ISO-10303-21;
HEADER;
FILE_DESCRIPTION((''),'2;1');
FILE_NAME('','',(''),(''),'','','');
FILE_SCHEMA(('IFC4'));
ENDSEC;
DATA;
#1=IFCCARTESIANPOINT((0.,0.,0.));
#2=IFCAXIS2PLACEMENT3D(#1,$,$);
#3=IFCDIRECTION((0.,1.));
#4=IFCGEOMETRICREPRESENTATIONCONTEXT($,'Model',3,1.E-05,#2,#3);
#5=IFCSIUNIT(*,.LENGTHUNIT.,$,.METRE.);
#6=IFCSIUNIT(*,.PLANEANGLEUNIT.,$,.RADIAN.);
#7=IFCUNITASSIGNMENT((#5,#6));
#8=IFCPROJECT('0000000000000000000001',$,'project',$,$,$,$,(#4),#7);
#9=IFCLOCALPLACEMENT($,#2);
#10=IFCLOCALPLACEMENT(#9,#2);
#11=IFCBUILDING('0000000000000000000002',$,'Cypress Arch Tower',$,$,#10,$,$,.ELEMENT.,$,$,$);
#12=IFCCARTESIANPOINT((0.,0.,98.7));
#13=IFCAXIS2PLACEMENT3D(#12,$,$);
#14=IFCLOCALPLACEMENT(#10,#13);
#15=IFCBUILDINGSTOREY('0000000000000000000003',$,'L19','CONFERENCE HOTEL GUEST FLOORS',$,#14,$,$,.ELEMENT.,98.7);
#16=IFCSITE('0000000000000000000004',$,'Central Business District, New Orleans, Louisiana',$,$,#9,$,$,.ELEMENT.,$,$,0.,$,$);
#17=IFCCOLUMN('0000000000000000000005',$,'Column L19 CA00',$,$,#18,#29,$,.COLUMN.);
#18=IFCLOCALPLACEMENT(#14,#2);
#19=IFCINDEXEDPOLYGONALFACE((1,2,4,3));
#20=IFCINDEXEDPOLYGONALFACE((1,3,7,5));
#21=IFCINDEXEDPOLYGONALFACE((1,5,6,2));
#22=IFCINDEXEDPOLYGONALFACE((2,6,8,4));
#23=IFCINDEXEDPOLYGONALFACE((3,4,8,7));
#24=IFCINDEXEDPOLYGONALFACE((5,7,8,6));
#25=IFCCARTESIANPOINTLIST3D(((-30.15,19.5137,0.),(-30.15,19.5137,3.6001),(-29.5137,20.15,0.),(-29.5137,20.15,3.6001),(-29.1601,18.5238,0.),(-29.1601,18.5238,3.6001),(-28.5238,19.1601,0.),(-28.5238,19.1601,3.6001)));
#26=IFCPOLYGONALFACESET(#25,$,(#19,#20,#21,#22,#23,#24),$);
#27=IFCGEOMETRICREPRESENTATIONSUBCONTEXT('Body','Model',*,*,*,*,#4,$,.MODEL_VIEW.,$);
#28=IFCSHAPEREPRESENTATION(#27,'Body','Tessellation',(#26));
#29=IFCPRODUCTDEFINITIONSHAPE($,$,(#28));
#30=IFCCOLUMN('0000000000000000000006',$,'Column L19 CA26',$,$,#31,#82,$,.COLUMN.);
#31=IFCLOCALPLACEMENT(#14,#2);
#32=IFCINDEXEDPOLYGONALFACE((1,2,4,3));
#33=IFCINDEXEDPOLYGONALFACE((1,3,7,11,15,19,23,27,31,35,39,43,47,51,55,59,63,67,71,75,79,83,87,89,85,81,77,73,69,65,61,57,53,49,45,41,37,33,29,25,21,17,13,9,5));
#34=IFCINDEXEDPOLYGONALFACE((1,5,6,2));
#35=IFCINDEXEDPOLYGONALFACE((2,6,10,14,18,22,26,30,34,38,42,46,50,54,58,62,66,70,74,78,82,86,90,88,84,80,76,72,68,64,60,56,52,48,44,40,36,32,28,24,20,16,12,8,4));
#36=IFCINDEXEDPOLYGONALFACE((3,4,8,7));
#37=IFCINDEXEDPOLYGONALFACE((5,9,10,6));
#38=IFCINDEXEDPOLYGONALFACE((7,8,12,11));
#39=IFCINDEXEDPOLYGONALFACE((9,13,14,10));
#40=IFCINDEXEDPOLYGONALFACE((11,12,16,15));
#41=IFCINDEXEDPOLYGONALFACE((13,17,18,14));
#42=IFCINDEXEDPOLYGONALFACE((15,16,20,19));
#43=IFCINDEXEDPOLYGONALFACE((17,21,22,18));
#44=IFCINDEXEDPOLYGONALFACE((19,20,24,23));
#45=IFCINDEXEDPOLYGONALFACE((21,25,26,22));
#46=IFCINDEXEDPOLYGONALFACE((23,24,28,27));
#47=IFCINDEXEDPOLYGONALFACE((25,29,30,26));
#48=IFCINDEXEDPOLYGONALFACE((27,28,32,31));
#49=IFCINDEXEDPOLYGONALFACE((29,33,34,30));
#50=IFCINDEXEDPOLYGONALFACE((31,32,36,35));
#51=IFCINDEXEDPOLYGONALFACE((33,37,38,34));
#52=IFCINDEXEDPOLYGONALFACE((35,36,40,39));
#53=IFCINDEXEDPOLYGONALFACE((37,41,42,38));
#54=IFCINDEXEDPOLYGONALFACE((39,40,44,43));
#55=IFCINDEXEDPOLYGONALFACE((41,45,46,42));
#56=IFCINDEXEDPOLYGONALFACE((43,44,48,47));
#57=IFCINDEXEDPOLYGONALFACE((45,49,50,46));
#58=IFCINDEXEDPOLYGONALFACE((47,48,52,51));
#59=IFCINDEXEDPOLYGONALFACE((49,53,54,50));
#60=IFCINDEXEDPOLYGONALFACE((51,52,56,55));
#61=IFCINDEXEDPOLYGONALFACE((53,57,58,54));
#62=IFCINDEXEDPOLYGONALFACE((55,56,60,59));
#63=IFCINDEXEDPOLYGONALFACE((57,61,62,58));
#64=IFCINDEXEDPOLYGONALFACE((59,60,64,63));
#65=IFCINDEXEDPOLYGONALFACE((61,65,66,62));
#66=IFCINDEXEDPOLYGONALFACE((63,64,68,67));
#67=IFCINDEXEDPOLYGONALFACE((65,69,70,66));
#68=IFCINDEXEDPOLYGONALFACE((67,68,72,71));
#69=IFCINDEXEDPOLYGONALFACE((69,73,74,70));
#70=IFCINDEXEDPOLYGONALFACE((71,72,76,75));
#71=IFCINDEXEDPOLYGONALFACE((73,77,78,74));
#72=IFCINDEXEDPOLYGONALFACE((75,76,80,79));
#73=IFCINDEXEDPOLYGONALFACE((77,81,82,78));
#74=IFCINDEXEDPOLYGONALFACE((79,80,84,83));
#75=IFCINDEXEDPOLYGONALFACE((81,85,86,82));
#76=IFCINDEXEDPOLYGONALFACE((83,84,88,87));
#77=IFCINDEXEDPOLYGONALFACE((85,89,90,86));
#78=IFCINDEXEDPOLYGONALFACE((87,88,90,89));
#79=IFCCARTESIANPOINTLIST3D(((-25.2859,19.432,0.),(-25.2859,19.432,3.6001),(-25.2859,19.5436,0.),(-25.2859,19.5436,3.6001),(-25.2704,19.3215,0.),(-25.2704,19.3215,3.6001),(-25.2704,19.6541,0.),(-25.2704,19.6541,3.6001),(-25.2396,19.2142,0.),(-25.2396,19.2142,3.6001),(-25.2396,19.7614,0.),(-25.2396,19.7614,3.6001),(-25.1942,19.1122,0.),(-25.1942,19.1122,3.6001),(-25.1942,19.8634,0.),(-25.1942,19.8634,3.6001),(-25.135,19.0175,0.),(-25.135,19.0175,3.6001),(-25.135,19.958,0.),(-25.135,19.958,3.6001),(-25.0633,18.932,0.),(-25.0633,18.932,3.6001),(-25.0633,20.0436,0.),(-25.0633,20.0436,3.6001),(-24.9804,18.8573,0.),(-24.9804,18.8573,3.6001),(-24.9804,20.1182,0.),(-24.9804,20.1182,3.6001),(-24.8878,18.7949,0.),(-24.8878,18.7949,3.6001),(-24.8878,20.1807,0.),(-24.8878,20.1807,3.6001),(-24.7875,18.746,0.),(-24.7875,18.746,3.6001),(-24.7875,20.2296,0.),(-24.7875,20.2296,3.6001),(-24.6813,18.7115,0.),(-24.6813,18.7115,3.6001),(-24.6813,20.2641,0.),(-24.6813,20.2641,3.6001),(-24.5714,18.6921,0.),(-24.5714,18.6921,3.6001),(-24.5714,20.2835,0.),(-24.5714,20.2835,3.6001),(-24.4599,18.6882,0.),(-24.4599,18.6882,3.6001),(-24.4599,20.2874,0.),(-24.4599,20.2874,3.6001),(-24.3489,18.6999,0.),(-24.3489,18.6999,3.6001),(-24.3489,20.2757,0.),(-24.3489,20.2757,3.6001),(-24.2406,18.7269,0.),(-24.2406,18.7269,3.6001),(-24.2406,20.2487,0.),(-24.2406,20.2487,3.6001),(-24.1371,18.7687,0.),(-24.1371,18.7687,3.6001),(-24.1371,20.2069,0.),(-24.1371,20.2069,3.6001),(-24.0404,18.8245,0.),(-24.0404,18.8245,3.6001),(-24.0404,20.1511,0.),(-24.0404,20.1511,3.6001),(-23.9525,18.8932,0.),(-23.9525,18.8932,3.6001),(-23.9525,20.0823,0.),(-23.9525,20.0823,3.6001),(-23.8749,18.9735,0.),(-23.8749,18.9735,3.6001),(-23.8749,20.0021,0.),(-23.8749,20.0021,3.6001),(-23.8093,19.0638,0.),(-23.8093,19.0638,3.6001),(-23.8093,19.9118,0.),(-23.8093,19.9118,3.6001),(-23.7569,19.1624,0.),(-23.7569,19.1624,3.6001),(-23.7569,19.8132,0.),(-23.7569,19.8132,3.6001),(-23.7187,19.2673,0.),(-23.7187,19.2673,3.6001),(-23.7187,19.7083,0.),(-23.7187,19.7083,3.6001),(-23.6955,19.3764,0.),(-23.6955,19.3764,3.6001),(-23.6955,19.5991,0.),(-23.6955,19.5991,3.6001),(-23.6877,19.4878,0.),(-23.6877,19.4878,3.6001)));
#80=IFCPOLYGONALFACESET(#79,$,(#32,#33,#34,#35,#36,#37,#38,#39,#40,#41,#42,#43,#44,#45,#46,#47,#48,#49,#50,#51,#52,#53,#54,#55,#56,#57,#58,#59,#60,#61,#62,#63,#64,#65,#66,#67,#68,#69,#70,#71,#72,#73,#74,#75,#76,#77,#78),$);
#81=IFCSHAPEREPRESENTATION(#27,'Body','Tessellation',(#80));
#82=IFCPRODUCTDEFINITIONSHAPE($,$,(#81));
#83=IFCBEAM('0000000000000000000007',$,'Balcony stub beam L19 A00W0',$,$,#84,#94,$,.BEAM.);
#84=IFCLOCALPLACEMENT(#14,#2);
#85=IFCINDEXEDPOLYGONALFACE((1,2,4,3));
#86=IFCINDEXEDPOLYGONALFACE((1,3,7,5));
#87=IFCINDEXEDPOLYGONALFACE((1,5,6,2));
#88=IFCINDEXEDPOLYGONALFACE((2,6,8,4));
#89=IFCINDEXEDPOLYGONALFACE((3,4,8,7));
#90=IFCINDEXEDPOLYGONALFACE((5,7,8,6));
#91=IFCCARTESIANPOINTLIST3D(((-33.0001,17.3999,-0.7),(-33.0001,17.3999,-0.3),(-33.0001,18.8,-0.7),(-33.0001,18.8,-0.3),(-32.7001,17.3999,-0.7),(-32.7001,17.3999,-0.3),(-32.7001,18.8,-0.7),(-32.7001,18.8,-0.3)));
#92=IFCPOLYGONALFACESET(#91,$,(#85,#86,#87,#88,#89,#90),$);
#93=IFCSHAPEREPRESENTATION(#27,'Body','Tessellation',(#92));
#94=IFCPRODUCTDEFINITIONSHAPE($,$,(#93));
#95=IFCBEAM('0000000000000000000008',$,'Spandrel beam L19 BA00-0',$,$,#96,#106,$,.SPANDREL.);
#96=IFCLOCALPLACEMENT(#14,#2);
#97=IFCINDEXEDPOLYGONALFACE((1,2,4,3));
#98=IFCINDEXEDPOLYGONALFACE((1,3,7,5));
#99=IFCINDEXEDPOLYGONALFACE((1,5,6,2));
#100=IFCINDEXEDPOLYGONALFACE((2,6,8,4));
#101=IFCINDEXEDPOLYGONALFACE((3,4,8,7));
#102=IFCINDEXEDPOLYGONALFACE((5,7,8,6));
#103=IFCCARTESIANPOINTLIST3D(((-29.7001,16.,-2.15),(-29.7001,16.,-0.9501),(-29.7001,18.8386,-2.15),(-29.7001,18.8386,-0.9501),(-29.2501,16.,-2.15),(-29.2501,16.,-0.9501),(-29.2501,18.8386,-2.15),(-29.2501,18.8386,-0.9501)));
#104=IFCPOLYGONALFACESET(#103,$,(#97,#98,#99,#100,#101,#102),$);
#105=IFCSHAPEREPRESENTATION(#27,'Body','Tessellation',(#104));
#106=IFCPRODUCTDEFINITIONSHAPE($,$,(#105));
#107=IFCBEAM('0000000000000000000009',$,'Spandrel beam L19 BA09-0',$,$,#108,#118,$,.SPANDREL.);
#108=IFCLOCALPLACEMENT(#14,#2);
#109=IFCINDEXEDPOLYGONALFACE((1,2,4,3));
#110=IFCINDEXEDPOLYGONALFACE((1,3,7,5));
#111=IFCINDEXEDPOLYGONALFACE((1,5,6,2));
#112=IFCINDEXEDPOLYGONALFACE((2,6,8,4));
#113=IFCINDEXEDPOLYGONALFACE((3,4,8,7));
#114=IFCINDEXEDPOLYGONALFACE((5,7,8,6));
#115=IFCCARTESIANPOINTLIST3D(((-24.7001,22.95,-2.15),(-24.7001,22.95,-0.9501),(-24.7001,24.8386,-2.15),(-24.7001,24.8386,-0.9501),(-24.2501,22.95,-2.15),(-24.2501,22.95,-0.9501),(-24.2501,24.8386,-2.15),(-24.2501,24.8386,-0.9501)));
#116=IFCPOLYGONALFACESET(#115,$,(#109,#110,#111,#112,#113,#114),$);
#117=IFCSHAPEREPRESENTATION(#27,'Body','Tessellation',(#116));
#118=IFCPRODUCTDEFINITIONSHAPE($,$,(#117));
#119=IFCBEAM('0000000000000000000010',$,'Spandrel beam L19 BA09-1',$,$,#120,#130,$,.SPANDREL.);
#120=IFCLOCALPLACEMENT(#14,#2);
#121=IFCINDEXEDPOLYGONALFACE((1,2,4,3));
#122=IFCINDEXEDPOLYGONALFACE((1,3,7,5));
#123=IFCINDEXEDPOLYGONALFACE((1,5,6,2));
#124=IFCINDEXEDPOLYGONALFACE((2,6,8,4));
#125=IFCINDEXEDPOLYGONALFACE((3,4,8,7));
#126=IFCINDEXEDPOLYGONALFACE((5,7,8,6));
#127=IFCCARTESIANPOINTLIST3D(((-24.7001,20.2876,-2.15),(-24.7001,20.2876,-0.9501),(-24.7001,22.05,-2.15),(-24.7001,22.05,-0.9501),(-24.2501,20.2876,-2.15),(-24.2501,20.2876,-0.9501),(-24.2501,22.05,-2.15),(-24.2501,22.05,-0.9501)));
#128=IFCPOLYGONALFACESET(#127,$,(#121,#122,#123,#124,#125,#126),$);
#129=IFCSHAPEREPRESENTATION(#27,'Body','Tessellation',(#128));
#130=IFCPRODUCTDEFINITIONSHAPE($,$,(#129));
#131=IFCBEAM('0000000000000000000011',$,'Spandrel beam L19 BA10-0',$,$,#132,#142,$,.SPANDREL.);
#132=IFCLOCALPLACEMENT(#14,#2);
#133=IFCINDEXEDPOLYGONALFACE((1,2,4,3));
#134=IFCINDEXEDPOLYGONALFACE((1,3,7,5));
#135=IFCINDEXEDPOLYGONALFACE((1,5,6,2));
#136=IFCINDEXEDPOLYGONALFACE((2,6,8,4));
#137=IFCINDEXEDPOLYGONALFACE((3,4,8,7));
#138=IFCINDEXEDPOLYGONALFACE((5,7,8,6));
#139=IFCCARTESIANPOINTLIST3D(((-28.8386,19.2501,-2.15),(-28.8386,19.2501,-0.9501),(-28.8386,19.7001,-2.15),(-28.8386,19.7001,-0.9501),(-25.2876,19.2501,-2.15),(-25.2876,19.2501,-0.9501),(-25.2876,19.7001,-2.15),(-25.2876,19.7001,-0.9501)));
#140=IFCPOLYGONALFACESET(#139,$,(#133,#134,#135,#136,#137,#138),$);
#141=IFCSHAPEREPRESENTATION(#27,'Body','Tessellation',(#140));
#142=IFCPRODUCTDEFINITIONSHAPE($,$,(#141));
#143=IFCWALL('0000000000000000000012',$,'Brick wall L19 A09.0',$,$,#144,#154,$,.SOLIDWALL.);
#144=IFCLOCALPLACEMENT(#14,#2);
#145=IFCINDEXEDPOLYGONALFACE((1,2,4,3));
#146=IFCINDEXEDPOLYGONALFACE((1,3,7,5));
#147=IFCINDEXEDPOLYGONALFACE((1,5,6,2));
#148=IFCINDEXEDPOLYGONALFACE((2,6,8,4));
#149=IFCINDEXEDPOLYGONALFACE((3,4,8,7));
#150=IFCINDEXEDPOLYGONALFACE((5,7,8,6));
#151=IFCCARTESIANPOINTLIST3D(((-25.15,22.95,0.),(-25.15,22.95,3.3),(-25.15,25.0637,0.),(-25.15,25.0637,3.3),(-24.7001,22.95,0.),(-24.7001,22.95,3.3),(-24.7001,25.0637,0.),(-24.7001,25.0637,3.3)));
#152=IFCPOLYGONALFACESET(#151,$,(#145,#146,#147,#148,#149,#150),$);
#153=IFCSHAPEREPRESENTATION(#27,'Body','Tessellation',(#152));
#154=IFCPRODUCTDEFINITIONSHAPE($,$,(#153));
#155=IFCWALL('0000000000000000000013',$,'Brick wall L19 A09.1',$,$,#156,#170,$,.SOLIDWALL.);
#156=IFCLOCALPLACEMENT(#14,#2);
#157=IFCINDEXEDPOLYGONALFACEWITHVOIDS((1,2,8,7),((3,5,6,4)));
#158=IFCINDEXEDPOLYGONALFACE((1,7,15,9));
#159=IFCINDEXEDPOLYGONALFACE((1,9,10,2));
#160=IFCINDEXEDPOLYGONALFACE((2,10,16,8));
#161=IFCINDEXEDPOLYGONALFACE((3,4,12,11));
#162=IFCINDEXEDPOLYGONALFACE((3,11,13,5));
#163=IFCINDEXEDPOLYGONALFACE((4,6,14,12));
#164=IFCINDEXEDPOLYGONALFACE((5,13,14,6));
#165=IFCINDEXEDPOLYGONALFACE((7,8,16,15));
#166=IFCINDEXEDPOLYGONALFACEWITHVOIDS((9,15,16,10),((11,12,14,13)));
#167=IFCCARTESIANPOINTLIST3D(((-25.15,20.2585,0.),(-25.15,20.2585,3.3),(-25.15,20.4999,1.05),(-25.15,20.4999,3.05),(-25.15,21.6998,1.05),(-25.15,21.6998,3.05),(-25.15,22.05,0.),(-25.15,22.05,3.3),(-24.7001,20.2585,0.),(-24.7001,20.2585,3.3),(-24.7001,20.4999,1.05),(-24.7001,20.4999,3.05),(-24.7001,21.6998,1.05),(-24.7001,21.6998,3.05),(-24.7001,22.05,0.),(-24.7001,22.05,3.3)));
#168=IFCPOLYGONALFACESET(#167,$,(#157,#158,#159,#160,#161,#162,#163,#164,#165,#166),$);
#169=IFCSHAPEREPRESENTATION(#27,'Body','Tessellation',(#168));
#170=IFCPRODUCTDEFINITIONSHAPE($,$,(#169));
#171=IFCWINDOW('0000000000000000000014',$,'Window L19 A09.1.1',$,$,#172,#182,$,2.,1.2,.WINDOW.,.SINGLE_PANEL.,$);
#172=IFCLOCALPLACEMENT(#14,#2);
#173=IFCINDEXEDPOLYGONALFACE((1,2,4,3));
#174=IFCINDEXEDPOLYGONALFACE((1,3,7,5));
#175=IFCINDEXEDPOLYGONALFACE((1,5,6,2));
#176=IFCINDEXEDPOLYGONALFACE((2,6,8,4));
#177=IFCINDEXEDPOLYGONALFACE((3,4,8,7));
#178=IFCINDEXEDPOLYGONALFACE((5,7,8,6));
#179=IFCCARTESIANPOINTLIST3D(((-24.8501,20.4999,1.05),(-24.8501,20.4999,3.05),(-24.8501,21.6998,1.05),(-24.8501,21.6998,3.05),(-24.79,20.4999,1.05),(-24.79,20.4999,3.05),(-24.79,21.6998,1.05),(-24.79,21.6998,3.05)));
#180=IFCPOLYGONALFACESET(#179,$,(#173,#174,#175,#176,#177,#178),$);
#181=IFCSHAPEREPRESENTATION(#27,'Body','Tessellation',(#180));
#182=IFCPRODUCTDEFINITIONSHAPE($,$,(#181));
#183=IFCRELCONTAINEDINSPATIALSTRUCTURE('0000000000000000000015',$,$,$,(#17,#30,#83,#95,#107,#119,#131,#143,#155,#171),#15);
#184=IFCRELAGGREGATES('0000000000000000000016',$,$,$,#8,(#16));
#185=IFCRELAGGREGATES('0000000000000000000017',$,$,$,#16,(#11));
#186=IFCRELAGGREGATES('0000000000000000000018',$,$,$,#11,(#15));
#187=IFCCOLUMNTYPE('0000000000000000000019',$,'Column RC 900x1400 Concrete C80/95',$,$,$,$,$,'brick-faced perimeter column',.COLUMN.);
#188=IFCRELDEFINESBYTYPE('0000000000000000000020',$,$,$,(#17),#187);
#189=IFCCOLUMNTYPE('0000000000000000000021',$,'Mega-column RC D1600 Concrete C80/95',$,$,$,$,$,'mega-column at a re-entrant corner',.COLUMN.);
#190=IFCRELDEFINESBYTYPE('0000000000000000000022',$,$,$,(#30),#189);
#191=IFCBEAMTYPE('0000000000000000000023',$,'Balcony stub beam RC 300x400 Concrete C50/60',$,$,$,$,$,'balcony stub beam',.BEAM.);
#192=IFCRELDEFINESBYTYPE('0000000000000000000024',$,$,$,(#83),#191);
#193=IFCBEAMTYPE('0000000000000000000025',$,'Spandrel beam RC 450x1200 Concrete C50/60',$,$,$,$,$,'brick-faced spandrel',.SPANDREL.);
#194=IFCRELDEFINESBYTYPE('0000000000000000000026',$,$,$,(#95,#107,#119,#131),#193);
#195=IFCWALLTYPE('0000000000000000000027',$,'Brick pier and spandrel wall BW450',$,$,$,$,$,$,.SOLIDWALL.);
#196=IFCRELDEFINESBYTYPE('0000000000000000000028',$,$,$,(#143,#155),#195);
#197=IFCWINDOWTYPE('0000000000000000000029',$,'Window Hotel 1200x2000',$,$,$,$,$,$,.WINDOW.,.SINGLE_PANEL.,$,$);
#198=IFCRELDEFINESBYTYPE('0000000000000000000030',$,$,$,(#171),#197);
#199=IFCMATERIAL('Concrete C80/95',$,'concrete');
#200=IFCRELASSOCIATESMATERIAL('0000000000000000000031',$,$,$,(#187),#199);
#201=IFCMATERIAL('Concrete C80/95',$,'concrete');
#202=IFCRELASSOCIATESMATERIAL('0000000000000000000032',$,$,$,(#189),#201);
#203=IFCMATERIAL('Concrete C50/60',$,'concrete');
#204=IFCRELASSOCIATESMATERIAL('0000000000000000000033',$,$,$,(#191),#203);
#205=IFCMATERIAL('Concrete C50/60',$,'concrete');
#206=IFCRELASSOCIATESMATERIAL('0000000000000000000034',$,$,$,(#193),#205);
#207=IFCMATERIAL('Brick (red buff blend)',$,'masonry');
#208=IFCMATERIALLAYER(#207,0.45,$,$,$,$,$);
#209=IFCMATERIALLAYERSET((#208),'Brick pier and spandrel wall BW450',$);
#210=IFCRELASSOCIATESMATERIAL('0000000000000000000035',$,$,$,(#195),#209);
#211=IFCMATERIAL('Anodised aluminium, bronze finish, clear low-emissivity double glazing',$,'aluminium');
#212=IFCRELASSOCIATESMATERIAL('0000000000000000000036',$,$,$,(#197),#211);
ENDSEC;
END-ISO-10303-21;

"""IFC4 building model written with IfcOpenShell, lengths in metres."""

from ifc_helpers import new_model, si_unit, direction, frame, frame_2d, origin, origin_2d, place, context, subcontext, project, spatial, rectangle, circle, extrude, material, layer, layer_set, material_profile, profile_set, type_object, element, fill, save


model = new_model("IFC4")

# Units and contexts
model_context = context("Model", 3, precision=1e-05, world=origin(), true_north=direction((0.0, 1.0)))
body_context = subcontext(model_context, "Body", "Model", "MODEL_VIEW")
ifc_project = project(units=[si_unit("LENGTHUNIT", "METRE"), si_unit("PLANEANGLEUNIT", "RADIAN")], contexts=[model_context])

# Site, building, storey
site_placement = place(None, origin())
site = spatial("IfcSite", under=ifc_project, at=site_placement, Name="Central Business District, New Orleans, Louisiana", CompositionType="ELEMENT", RefElevation=0.0)
building_placement = place(site_placement, origin())
building = spatial("IfcBuilding", under=site, at=building_placement, Name="Cypress Arch Tower", CompositionType="ELEMENT")
storey_placement = place(building_placement, frame((0.0, 0.0, 98.7)))
storey = spatial("IfcBuildingStorey", under=building, at=storey_placement, Name="L19", Description="CONFERENCE HOTEL GUEST FLOORS", CompositionType="ELEMENT", Elevation=98.7)

# Columns
ifc_material_1 = material(Name="Concrete C80/95", Category="concrete")
ifc_material_profile_1 = material_profile(ifc_material_1, rectangle(XDim=0.8999, YDim=1.3999, at=origin_2d()), Name="RC 900x1400")
ifc_profile_set_1 = profile_set([ifc_material_profile_1], Name="Concrete C80/95")
column_type_1 = type_object("IfcColumnType", Name="Column RC 900x1400 Concrete C80/95", ElementType="brick-faced perimeter column", PredefinedType="COLUMN", material=ifc_profile_set_1)
column_1_placement = place(storey_placement, frame((-29.3369, 19.3369, 0.0), z_axis=(0.0, 0.0, 1.0), x_axis=(-0.707107, -0.707107, 0.0)))
element("IfcColumn", 1, at=column_1_placement, inside=storey, type_object=column_type_1, Name="Column L19 CA00", PredefinedType="COLUMN", context=body_context, shape_type="SweptSolid", body=[
    extrude(rectangle(XDim=0.8999, YDim=1.3999, at=origin_2d()), origin(), (0.0, 0.0, 1.0), 3.6001),
])
ifc_material_2 = material(Name="Concrete C80/95", Category="concrete")
ifc_material_profile_2 = material_profile(ifc_material_2, circle(Radius=0.8, at=origin_2d()), Name="RC D1600")
ifc_profile_set_2 = profile_set([ifc_material_profile_2], Name="Concrete C80/95")
column_type_2 = type_object("IfcColumnType", Name="Mega-column RC D1600 Concrete C80/95", ElementType="mega-column at a re-entrant corner", PredefinedType="COLUMN", material=ifc_profile_set_2)
column_2_placement = place(storey_placement, frame((-24.4878, 19.4878, 0.0), z_axis=(0.0, 0.0, 1.0), x_axis=(1.0, 0.0, 0.0)))
element("IfcColumn", 2, at=column_2_placement, inside=storey, type_object=column_type_2, Name="Column L19 CA26", PredefinedType="COLUMN", context=body_context, shape_type="SweptSolid", body=[
    extrude(circle(Radius=0.8, at=origin_2d()), origin(), (0.0, 0.0, 1.0), 3.6001),
])

# Beams
ifc_material_3 = material(Name="Concrete C50/60", Category="concrete")
ifc_material_profile_3 = material_profile(ifc_material_3, rectangle(XDim=0.3, YDim=0.3999, at=origin_2d()), Name="RC 300x400")
ifc_profile_set_3 = profile_set([ifc_material_profile_3], Name="Concrete C50/60")
beam_type_1 = type_object("IfcBeamType", Name="Balcony stub beam RC 300x400 Concrete C50/60", ElementType="balcony stub beam", PredefinedType="BEAM", material=ifc_profile_set_3)
beam_1_placement = place(storey_placement, frame((-32.8501, 18.8, -0.5), z_axis=(0.0, -1.0, 0.0), x_axis=(1.0, 0.0, 0.0)))
element("IfcBeam", 3, at=beam_1_placement, inside=storey, type_object=beam_type_1, Name="Balcony stub beam L19 A00W0", PredefinedType="BEAM", context=body_context, shape_type="SweptSolid", body=[
    extrude(rectangle(XDim=0.3, YDim=0.3999, at=origin_2d()), origin(), (0.0, 0.0, 1.0), 1.4001),
])
ifc_material_4 = material(Name="Concrete C50/60", Category="concrete")
ifc_material_profile_4 = material_profile(ifc_material_4, rectangle(XDim=0.45, YDim=1.2, at=origin_2d()), Name="RC 450x1200")
ifc_profile_set_4 = profile_set([ifc_material_profile_4], Name="Concrete C50/60")
beam_type_2 = type_object("IfcBeamType", Name="Spandrel beam RC 450x1200 Concrete C50/60", ElementType="brick-faced spandrel", PredefinedType="SPANDREL", material=ifc_profile_set_4)
beam_2_placement = place(storey_placement, frame((-29.4751, 18.8386, -1.55), z_axis=(0.0, -1.0, 0.0), x_axis=(1.0, 0.0, 0.0)))
element("IfcBeam", 4, at=beam_2_placement, inside=storey, type_object=beam_type_2, Name="Spandrel beam L19 BA00-0", PredefinedType="SPANDREL", context=body_context, shape_type="SweptSolid", body=[
    extrude(rectangle(XDim=0.45, YDim=1.2, at=origin_2d()), origin(), (0.0, 0.0, 1.0), 2.8386),
])
beam_3_placement = place(storey_placement, frame((-24.4751, 24.8386, -1.55), z_axis=(0.0, -1.0, 0.0), x_axis=(1.0, 0.0, 0.0)))
element("IfcBeam", 5, at=beam_3_placement, inside=storey, type_object=beam_type_2, Name="Spandrel beam L19 BA09-0", PredefinedType="SPANDREL", context=body_context, shape_type="SweptSolid", body=[
    extrude(rectangle(XDim=0.45, YDim=1.2, at=origin_2d()), origin(), (0.0, 0.0, 1.0), 1.8887),
])
beam_4_placement = place(storey_placement, frame((-24.4751, 22.05, -1.55), z_axis=(0.0, -1.0, 0.0), x_axis=(1.0, 0.0, 0.0)))
element("IfcBeam", 6, at=beam_4_placement, inside=storey, type_object=beam_type_2, Name="Spandrel beam L19 BA09-1", PredefinedType="SPANDREL", context=body_context, shape_type="SweptSolid", body=[
    extrude(rectangle(XDim=0.45, YDim=1.2, at=origin_2d()), origin(), (0.0, 0.0, 1.0), 1.7625),
])
beam_5_placement = place(storey_placement, frame((-25.2876, 19.4751, -1.55), z_axis=(-1.0, 0.0, 0.0), x_axis=(0.0, -1.0, 0.0)))
element("IfcBeam", 7, at=beam_5_placement, inside=storey, type_object=beam_type_2, Name="Spandrel beam L19 BA10-0", PredefinedType="SPANDREL", context=body_context, shape_type="SweptSolid", body=[
    extrude(rectangle(XDim=0.45, YDim=1.2, at=origin_2d()), origin(), (0.0, 0.0, 1.0), 3.551),
])

# Shared definitions
ifc_material_5 = material(Name="Brick (red buff blend)", Category="masonry")
ifc_layer = layer(ifc_material_5, 0.45)
ifc_layer_set = layer_set([ifc_layer], Name="Brick pier and spandrel wall BW450")
wall_type = type_object("IfcWallType", Name="Brick pier and spandrel wall BW450", PredefinedType="SOLIDWALL", material=ifc_layer_set)

# Wall
wall_1_placement = place(storey_placement, frame((-24.925, 25.0637, 0.0), z_axis=(0.0, 0.0, 1.0), x_axis=(0.0, -1.0, 0.0)))
element("IfcWall", 8, at=wall_1_placement, inside=storey, type_object=wall_type, Name="Brick wall L19 A09.0", PredefinedType="SOLIDWALL", context=body_context, shape_type="SweptSolid", body=[
    extrude(rectangle(XDim=2.1138, YDim=0.45, at=frame_2d((1.0569, 0.0))), origin(), (0.0, 0.0, 1.0), 3.3),
])

# Wall, opening, window
wall_2_placement = place(storey_placement, frame((-24.925, 22.05, 0.0), z_axis=(0.0, 0.0, 1.0), x_axis=(0.0, -1.0, 0.0)))
wall_2 = element("IfcWall", 9, at=wall_2_placement, inside=storey, type_object=wall_type, Name="Brick wall L19 A09.1", PredefinedType="SOLIDWALL", context=body_context, shape_type="SweptSolid", body=[
    extrude(rectangle(XDim=1.7915, YDim=0.45, at=frame_2d((0.8958, 0.0))), origin(), (0.0, 0.0, 1.0), 3.3),
])
opening_1_placement = place(wall_2_placement, frame((0.3501, 0.0, 1.05)))
opening_1 = element("IfcOpeningElement", 10, at=opening_1_placement, cuts=wall_2, PredefinedType="OPENING", context=body_context, shape_type="SweptSolid", body=[
    extrude(rectangle(XDim=1.2, YDim=2.0, at=frame_2d((0.6001, 1.0))), frame((0.0, 0.2349, 0.0), z_axis=(0.0, -1.0, 0.0), x_axis=(1.0, 0.0, 0.0)), (0.0, 0.0, 1.0), 0.47),
])
ifc_material_6 = material(Name="Anodised aluminium, bronze finish, clear low-emissivity double glazing", Category="aluminium")
window_type_1 = type_object("IfcWindowType", Name="Window Hotel 1200x2000", PartitioningType="SINGLE_PANEL", PredefinedType="WINDOW", material=ifc_material_6)
window_1_placement = place(opening_1_placement, origin())
window_1 = element("IfcWindow", 11, at=window_1_placement, inside=storey, type_object=window_type_1, Name="Window L19 A09.1.1", OverallHeight=2.0, OverallWidth=1.2, PartitioningType="SINGLE_PANEL", PredefinedType="WINDOW", context=body_context, shape_type="SweptSolid", body=[
    extrude(rectangle(XDim=1.2, YDim=2.0, at=frame_2d((0.6001, 1.0))), frame((0.0, 0.135, 0.0), z_axis=(0.0, -1.0, 0.0), x_axis=(1.0, 0.0, 0.0)), (0.0, 0.0, 1.0), 0.0601),
])
fill(opening_1, window_1)

save(model, "model.ifc")
